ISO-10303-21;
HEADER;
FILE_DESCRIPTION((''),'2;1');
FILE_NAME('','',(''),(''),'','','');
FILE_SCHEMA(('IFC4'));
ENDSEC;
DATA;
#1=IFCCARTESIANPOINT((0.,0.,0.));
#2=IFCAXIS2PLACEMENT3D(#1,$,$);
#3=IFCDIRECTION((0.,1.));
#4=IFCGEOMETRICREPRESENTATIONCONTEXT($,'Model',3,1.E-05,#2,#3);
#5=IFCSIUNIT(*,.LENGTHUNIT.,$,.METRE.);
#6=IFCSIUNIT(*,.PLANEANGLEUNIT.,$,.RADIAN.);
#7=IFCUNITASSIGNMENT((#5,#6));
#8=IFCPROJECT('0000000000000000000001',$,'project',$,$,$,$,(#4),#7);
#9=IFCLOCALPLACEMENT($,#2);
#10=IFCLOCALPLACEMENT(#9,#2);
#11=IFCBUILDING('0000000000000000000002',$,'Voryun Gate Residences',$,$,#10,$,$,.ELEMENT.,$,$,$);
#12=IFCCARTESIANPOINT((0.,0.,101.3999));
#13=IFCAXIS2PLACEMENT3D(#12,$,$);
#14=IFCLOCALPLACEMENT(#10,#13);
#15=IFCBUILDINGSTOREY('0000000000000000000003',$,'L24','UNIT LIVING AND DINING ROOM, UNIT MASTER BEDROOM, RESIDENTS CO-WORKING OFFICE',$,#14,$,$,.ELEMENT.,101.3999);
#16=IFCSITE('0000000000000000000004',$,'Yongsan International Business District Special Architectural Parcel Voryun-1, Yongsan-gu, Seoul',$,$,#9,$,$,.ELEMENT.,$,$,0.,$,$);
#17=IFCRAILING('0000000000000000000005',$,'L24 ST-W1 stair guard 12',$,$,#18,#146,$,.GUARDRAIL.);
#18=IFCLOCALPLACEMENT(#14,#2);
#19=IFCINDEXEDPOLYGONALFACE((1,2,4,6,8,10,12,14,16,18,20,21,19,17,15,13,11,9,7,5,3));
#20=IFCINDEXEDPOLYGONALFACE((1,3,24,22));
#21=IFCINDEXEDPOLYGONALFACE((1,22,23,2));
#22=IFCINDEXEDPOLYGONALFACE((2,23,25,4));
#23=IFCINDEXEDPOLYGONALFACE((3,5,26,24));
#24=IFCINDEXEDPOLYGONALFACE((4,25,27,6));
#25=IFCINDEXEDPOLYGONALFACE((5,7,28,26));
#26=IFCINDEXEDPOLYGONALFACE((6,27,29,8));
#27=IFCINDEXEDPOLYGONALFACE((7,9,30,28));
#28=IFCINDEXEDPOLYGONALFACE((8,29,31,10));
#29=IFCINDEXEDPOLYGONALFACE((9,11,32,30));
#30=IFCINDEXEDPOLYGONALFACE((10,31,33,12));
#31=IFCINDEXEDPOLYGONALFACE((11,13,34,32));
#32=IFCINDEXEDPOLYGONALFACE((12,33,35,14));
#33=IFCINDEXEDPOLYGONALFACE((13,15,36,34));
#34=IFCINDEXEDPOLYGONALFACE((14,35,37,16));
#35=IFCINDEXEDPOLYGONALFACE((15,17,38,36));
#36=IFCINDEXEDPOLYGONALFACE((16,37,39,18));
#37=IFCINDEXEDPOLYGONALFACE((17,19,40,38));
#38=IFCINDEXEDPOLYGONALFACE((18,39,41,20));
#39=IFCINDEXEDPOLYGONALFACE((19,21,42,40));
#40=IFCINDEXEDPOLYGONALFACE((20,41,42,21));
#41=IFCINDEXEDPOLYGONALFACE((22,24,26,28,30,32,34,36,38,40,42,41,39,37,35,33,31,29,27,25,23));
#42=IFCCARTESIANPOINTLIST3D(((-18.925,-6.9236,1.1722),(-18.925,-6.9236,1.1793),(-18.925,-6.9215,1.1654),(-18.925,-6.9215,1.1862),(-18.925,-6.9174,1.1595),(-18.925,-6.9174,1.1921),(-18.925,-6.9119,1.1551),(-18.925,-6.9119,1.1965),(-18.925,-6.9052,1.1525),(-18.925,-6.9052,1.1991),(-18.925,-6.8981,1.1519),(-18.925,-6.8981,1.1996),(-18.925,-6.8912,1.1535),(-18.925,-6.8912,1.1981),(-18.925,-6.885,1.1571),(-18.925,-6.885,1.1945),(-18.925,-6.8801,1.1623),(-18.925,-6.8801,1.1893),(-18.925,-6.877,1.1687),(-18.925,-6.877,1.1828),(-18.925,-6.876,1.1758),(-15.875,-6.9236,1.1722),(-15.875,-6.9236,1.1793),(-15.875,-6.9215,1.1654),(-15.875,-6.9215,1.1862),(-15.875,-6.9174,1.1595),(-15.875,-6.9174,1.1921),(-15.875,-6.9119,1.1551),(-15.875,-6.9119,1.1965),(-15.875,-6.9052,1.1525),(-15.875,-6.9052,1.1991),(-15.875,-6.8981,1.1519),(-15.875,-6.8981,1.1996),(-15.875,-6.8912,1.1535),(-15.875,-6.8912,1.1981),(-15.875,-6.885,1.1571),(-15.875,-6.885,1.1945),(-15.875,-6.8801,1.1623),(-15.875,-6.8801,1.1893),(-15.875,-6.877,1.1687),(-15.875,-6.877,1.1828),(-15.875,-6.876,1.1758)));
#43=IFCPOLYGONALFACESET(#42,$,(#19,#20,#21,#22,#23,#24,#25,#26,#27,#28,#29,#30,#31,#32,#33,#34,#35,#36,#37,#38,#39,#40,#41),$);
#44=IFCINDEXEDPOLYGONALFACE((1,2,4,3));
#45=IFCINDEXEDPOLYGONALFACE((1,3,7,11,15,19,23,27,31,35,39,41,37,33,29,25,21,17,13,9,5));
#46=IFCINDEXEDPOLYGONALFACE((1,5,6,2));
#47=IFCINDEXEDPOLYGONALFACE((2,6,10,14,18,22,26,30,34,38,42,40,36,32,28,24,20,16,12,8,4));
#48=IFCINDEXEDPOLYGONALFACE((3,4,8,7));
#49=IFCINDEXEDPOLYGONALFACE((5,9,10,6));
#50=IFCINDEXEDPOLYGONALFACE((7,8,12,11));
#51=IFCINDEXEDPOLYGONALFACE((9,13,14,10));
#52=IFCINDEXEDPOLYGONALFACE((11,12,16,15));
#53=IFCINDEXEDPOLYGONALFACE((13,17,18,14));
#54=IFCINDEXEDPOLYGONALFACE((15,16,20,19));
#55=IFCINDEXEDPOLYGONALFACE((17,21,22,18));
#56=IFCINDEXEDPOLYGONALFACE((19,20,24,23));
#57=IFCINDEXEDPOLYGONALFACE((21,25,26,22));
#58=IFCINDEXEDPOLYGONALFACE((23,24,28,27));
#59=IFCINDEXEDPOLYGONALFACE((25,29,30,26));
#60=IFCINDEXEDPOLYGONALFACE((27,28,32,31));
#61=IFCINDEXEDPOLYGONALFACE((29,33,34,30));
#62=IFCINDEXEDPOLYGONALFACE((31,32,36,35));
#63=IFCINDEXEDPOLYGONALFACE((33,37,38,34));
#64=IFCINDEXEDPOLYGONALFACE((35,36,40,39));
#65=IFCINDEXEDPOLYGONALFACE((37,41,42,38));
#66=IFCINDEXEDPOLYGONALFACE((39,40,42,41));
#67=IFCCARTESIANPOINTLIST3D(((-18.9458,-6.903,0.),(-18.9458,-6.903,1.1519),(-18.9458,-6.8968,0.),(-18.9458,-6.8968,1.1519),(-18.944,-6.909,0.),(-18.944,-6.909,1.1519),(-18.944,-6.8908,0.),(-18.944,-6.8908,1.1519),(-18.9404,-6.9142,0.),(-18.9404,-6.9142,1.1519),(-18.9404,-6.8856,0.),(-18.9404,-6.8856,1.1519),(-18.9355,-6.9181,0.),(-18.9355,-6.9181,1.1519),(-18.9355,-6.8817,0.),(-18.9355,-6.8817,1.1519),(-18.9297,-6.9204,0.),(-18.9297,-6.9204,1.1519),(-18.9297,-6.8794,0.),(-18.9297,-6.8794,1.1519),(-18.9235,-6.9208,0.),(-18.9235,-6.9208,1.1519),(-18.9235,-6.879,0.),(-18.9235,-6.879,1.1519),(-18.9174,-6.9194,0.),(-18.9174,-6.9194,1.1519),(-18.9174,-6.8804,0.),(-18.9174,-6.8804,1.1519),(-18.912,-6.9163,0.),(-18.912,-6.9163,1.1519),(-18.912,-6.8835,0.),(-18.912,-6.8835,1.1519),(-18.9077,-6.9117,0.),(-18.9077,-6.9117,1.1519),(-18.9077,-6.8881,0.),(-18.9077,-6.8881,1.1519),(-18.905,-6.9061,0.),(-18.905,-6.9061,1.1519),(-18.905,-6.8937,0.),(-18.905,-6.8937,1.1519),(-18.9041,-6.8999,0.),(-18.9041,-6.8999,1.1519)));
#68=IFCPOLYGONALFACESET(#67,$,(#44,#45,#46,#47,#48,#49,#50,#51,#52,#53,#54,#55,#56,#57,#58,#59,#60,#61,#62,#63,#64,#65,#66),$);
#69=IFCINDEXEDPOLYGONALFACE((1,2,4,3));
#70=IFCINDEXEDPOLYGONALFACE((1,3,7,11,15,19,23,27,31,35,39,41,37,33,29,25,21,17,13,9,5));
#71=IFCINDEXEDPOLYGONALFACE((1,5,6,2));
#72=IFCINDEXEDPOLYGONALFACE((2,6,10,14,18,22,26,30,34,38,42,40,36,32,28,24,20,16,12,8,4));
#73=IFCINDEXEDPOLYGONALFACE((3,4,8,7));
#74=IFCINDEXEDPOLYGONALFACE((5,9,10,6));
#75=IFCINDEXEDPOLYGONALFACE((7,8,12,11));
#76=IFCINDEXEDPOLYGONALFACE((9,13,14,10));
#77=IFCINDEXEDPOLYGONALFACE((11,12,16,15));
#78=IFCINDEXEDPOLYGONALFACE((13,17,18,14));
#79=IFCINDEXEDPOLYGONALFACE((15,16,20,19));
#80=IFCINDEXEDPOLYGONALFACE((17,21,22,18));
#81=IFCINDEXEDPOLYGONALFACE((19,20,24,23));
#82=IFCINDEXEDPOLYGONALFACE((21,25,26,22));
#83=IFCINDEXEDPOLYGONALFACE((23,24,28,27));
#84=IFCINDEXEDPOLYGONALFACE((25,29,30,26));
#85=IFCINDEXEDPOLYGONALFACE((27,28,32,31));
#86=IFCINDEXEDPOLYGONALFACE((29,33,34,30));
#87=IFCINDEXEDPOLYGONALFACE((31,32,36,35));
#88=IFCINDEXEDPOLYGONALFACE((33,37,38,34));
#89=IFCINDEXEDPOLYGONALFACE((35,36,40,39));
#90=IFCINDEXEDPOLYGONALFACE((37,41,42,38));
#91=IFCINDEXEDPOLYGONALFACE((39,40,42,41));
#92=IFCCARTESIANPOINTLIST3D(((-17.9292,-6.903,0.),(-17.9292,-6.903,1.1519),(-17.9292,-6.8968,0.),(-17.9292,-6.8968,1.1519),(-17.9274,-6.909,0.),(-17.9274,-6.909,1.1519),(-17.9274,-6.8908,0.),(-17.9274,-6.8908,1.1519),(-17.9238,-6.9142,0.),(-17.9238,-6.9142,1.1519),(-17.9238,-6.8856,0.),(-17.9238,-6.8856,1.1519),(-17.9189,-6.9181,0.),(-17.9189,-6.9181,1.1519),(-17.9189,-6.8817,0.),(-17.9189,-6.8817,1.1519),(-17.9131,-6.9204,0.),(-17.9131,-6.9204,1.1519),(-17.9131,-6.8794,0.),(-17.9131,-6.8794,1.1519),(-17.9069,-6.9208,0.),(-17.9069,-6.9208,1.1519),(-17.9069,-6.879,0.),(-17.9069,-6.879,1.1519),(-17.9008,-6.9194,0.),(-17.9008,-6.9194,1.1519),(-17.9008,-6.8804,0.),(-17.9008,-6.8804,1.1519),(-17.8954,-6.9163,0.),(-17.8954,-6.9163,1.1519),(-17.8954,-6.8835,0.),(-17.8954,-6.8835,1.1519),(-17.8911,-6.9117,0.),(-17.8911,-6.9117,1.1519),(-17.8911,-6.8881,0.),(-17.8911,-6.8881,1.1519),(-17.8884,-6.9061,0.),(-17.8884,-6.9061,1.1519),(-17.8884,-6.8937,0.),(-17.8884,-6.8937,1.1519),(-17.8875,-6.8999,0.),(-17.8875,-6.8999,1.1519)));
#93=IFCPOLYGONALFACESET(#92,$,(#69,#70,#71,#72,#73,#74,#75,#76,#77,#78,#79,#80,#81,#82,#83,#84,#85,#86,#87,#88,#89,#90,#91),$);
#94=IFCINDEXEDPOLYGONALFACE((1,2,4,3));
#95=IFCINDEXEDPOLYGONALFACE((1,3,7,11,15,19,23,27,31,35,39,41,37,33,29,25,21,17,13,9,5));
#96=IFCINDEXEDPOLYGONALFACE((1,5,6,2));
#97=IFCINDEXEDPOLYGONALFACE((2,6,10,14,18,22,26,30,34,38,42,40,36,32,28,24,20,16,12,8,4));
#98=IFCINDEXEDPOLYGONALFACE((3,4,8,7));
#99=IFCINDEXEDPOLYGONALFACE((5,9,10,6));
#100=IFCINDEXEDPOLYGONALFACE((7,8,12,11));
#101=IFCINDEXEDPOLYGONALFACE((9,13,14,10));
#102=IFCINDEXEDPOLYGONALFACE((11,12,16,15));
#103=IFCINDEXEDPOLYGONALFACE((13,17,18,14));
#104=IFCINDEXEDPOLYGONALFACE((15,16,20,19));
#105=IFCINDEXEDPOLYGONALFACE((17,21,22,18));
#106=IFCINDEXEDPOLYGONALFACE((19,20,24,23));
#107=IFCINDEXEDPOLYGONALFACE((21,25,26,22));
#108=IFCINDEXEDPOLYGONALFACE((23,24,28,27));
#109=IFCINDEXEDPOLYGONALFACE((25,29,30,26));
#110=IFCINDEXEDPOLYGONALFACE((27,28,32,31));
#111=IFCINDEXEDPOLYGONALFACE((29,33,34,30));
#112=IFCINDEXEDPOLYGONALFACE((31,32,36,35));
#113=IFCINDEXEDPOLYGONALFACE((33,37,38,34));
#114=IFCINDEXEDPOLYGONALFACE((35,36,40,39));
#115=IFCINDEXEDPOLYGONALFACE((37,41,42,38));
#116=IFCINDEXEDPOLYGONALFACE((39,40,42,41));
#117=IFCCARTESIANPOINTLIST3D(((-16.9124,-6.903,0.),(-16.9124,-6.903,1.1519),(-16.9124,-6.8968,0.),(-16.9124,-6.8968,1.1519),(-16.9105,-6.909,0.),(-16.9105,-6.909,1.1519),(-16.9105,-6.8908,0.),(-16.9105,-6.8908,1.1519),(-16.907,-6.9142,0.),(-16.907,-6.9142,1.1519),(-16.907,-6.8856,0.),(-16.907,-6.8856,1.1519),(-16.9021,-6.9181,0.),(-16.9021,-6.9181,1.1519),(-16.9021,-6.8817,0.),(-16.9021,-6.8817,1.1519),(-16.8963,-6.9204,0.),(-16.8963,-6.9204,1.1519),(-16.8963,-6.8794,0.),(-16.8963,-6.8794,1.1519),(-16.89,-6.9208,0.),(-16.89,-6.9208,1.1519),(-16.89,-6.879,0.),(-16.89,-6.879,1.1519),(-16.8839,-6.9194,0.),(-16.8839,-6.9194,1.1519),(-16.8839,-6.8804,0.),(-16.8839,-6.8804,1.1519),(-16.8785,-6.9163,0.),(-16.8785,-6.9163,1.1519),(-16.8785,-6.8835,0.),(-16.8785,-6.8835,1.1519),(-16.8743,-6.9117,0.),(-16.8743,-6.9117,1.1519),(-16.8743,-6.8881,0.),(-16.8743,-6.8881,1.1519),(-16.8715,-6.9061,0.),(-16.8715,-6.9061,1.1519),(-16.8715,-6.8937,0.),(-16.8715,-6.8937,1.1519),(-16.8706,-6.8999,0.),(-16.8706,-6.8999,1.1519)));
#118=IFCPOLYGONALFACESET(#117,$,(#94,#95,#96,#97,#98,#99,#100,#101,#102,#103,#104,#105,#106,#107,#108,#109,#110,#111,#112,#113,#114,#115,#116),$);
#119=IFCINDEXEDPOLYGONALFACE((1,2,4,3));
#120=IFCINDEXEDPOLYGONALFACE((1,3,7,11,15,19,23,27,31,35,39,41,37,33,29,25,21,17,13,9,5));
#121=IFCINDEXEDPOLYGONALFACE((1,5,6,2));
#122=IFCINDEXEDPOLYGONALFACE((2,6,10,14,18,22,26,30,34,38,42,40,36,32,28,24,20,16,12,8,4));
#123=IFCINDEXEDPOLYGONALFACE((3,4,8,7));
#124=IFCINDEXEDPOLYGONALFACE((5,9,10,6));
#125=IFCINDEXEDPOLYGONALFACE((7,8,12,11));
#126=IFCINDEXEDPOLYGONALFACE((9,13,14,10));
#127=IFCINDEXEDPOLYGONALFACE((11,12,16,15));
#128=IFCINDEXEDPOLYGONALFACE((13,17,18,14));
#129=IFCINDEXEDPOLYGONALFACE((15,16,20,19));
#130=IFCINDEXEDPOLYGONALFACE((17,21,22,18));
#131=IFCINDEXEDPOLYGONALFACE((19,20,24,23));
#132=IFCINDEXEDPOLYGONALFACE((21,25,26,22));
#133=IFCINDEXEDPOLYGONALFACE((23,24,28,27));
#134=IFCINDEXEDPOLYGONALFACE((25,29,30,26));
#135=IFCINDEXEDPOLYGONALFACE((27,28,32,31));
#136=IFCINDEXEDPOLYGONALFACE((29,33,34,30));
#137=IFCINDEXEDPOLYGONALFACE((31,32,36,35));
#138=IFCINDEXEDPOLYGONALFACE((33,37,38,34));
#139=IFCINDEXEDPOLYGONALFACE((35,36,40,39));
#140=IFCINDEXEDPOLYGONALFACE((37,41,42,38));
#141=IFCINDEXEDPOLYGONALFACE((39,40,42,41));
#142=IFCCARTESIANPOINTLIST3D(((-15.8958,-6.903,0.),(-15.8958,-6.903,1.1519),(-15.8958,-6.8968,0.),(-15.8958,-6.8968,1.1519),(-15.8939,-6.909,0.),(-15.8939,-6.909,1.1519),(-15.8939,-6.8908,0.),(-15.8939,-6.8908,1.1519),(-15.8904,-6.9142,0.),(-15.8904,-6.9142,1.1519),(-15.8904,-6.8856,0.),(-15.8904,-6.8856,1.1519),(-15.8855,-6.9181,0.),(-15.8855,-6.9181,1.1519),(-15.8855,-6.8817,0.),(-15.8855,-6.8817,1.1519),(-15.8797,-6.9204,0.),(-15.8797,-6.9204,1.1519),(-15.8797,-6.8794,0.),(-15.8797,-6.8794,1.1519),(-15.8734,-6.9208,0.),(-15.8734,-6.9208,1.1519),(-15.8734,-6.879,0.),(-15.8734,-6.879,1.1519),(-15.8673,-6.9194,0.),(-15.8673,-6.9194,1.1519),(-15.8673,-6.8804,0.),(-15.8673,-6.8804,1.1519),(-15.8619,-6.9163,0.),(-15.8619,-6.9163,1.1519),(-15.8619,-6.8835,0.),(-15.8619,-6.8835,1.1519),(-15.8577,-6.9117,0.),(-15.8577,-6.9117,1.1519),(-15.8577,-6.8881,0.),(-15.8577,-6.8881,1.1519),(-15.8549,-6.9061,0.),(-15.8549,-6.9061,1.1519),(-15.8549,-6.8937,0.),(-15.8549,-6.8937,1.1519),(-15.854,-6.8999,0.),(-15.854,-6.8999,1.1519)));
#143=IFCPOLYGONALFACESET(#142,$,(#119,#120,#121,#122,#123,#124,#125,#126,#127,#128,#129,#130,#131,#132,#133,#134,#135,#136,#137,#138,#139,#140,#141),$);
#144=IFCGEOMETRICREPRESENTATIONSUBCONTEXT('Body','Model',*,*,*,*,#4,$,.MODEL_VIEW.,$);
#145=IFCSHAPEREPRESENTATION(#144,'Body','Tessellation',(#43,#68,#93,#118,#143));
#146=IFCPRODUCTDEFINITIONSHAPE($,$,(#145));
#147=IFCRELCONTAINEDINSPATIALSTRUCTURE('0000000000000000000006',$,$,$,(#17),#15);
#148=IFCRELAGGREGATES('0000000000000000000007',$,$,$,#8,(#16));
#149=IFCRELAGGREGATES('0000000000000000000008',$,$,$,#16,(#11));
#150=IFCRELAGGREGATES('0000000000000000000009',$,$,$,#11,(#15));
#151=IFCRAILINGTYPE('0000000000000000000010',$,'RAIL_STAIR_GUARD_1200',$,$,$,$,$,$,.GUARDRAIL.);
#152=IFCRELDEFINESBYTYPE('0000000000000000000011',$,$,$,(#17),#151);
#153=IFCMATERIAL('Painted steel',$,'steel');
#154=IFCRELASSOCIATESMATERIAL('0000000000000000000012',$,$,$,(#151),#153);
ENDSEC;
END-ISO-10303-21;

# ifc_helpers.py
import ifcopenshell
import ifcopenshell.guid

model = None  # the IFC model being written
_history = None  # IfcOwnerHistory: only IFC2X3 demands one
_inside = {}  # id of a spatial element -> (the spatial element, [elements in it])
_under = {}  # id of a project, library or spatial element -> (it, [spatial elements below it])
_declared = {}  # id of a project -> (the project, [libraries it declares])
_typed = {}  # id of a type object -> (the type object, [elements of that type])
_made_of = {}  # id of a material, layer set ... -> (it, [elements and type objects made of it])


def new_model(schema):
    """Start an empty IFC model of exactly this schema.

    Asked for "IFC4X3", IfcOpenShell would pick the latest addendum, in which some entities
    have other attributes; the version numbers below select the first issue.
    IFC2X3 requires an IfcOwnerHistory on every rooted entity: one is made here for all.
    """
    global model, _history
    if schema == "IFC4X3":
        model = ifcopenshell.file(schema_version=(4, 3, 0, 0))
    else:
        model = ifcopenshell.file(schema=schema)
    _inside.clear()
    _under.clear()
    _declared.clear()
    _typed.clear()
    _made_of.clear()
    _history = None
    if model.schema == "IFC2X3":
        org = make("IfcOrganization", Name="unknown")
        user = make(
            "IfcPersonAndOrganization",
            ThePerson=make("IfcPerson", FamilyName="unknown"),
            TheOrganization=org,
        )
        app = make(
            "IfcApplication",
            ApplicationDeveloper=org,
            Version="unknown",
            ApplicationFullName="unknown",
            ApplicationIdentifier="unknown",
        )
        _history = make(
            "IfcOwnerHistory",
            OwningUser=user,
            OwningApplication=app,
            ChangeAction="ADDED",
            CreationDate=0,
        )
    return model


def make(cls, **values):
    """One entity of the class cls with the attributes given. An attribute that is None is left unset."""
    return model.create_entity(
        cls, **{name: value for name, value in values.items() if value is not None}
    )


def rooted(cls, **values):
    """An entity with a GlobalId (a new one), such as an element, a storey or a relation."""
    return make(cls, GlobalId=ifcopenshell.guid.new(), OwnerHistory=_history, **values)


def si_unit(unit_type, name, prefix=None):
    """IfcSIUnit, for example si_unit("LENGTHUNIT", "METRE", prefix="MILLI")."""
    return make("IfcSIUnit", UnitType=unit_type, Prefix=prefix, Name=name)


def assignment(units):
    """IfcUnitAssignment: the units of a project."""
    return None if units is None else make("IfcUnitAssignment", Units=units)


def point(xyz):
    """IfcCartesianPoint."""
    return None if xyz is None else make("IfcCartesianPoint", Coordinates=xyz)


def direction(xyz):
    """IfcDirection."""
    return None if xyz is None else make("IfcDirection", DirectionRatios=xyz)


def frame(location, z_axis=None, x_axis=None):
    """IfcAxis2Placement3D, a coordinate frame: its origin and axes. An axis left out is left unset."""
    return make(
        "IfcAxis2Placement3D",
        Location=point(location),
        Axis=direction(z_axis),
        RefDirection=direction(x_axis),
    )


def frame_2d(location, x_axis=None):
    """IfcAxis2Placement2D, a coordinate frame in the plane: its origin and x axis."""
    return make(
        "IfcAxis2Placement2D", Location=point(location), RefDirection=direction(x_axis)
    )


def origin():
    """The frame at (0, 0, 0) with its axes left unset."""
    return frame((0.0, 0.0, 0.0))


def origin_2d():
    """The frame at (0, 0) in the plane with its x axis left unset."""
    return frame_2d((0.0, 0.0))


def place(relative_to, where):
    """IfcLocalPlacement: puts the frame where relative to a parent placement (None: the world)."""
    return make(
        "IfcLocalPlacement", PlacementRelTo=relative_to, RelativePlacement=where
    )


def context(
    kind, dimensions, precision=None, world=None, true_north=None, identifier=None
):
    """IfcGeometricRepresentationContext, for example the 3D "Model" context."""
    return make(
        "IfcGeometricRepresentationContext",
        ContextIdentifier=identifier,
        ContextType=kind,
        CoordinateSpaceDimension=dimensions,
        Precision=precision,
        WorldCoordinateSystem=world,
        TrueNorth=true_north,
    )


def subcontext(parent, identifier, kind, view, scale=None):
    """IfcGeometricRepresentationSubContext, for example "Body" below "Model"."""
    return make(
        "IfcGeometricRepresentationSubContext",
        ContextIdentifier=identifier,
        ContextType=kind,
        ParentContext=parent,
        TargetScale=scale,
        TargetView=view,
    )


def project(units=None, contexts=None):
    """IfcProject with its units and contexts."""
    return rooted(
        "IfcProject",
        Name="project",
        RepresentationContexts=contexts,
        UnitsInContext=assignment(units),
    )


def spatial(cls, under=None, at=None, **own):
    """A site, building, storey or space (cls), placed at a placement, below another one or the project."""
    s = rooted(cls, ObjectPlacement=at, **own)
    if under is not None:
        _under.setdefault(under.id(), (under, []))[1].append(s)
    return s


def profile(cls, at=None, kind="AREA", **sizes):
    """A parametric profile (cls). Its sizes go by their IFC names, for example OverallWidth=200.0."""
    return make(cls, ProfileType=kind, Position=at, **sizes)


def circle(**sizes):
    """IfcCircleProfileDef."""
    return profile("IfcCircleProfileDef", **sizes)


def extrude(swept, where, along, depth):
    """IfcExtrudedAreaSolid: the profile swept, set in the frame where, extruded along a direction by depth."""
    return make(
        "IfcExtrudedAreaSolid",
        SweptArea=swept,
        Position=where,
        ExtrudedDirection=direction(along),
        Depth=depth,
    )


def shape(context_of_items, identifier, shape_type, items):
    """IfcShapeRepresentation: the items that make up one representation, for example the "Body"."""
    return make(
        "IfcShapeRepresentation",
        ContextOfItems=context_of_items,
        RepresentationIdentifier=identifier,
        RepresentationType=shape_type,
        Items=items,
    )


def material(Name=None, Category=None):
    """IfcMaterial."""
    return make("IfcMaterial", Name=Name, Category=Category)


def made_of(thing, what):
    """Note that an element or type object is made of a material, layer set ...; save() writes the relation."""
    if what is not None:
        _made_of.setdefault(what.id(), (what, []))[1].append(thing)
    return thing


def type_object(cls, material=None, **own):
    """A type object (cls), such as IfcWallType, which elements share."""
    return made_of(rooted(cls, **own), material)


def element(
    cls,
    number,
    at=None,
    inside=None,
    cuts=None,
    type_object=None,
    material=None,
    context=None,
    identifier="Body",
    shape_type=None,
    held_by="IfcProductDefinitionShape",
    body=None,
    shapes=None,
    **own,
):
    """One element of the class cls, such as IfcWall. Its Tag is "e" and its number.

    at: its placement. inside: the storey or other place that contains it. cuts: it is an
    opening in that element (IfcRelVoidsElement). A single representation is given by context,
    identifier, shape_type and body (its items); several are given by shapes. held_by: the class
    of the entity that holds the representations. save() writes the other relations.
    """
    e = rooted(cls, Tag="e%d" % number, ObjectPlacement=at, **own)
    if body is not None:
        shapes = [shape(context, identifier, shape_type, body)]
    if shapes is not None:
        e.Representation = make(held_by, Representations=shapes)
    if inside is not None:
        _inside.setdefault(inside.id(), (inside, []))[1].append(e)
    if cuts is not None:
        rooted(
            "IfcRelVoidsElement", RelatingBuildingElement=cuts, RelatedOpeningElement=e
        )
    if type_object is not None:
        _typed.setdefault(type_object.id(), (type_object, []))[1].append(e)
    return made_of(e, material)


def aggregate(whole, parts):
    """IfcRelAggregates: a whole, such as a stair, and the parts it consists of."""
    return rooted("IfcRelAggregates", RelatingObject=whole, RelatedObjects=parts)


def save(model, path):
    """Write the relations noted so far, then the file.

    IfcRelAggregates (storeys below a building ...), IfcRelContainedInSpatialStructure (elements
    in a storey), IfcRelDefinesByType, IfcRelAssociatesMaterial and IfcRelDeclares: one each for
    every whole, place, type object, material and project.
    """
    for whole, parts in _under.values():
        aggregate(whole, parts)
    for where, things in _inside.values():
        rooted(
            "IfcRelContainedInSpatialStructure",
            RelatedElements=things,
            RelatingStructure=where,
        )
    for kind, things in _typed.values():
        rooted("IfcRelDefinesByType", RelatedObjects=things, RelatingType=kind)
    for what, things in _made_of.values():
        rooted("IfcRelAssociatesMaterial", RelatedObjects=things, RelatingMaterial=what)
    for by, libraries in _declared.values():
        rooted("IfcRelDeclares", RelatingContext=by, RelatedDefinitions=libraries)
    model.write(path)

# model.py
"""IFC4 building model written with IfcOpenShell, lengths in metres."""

from ifc_helpers import new_model, si_unit, direction, frame, origin, origin_2d, place, context, subcontext, project, spatial, circle, extrude, material, type_object, element, save


model = new_model("IFC4")

# Units and contexts
model_context = context("Model", 3, precision=1e-05, world=origin(), true_north=direction((0.0, 1.0)))
body_context = subcontext(model_context, "Body", "Model", "MODEL_VIEW")
ifc_project = project(units=[si_unit("LENGTHUNIT", "METRE"), si_unit("PLANEANGLEUNIT", "RADIAN")], contexts=[model_context])

# Site, building, storey
site_placement = place(None, origin())
site = spatial("IfcSite", under=ifc_project, at=site_placement, Name="Yongsan International Business District Special Architectural Parcel Voryun-1, Yongsan-gu, Seoul", CompositionType="ELEMENT", RefElevation=0.0)
building_placement = place(site_placement, origin())
building = spatial("IfcBuilding", under=site, at=building_placement, Name="Voryun Gate Residences", CompositionType="ELEMENT")
storey_placement = place(building_placement, frame((0.0, 0.0, 101.3999)))
storey = spatial("IfcBuildingStorey", under=building, at=storey_placement, Name="L24", Description="UNIT LIVING AND DINING ROOM, UNIT MASTER BEDROOM, RESIDENTS CO-WORKING OFFICE", CompositionType="ELEMENT", Elevation=101.3999)

# Railing
ifc_material_1 = material(Name="Painted steel", Category="steel")
railing_type = type_object("IfcRailingType", Name="RAIL_STAIR_GUARD_1200", PredefinedType="GUARDRAIL", material=ifc_material_1)
railing_1_placement = place(storey_placement, frame((-18.925, -6.8999, 0.0)))
element("IfcRailing", 1, at=railing_1_placement, inside=storey, type_object=railing_type, Name="L24 ST-W1 stair guard 12", PredefinedType="GUARDRAIL", context=body_context, shape_type="SweptSolid", body=[
    extrude(circle(Radius=0.0239, at=origin_2d()), frame((0.0, 0.0, 1.1758), z_axis=(1.0, 0.0, 0.0), x_axis=(0.0, 1.0, 0.0)), (0.0, 0.0, 1.0), 3.05),
    extrude(circle(Radius=0.021, at=origin_2d()), origin(), (0.0, 0.0, 1.0), 1.1519),
    extrude(circle(Radius=0.021, at=origin_2d()), frame((1.0166, 0.0, 0.0)), (0.0, 0.0, 1.0), 1.1519),
    extrude(circle(Radius=0.021, at=origin_2d()), frame((2.0334, 0.0, 0.0)), (0.0, 0.0, 1.0), 1.1519),
    extrude(circle(Radius=0.021, at=origin_2d()), frame((3.05, 0.0, 0.0)), (0.0, 0.0, 1.0), 1.1519),
])

save(model, "model.ifc")
